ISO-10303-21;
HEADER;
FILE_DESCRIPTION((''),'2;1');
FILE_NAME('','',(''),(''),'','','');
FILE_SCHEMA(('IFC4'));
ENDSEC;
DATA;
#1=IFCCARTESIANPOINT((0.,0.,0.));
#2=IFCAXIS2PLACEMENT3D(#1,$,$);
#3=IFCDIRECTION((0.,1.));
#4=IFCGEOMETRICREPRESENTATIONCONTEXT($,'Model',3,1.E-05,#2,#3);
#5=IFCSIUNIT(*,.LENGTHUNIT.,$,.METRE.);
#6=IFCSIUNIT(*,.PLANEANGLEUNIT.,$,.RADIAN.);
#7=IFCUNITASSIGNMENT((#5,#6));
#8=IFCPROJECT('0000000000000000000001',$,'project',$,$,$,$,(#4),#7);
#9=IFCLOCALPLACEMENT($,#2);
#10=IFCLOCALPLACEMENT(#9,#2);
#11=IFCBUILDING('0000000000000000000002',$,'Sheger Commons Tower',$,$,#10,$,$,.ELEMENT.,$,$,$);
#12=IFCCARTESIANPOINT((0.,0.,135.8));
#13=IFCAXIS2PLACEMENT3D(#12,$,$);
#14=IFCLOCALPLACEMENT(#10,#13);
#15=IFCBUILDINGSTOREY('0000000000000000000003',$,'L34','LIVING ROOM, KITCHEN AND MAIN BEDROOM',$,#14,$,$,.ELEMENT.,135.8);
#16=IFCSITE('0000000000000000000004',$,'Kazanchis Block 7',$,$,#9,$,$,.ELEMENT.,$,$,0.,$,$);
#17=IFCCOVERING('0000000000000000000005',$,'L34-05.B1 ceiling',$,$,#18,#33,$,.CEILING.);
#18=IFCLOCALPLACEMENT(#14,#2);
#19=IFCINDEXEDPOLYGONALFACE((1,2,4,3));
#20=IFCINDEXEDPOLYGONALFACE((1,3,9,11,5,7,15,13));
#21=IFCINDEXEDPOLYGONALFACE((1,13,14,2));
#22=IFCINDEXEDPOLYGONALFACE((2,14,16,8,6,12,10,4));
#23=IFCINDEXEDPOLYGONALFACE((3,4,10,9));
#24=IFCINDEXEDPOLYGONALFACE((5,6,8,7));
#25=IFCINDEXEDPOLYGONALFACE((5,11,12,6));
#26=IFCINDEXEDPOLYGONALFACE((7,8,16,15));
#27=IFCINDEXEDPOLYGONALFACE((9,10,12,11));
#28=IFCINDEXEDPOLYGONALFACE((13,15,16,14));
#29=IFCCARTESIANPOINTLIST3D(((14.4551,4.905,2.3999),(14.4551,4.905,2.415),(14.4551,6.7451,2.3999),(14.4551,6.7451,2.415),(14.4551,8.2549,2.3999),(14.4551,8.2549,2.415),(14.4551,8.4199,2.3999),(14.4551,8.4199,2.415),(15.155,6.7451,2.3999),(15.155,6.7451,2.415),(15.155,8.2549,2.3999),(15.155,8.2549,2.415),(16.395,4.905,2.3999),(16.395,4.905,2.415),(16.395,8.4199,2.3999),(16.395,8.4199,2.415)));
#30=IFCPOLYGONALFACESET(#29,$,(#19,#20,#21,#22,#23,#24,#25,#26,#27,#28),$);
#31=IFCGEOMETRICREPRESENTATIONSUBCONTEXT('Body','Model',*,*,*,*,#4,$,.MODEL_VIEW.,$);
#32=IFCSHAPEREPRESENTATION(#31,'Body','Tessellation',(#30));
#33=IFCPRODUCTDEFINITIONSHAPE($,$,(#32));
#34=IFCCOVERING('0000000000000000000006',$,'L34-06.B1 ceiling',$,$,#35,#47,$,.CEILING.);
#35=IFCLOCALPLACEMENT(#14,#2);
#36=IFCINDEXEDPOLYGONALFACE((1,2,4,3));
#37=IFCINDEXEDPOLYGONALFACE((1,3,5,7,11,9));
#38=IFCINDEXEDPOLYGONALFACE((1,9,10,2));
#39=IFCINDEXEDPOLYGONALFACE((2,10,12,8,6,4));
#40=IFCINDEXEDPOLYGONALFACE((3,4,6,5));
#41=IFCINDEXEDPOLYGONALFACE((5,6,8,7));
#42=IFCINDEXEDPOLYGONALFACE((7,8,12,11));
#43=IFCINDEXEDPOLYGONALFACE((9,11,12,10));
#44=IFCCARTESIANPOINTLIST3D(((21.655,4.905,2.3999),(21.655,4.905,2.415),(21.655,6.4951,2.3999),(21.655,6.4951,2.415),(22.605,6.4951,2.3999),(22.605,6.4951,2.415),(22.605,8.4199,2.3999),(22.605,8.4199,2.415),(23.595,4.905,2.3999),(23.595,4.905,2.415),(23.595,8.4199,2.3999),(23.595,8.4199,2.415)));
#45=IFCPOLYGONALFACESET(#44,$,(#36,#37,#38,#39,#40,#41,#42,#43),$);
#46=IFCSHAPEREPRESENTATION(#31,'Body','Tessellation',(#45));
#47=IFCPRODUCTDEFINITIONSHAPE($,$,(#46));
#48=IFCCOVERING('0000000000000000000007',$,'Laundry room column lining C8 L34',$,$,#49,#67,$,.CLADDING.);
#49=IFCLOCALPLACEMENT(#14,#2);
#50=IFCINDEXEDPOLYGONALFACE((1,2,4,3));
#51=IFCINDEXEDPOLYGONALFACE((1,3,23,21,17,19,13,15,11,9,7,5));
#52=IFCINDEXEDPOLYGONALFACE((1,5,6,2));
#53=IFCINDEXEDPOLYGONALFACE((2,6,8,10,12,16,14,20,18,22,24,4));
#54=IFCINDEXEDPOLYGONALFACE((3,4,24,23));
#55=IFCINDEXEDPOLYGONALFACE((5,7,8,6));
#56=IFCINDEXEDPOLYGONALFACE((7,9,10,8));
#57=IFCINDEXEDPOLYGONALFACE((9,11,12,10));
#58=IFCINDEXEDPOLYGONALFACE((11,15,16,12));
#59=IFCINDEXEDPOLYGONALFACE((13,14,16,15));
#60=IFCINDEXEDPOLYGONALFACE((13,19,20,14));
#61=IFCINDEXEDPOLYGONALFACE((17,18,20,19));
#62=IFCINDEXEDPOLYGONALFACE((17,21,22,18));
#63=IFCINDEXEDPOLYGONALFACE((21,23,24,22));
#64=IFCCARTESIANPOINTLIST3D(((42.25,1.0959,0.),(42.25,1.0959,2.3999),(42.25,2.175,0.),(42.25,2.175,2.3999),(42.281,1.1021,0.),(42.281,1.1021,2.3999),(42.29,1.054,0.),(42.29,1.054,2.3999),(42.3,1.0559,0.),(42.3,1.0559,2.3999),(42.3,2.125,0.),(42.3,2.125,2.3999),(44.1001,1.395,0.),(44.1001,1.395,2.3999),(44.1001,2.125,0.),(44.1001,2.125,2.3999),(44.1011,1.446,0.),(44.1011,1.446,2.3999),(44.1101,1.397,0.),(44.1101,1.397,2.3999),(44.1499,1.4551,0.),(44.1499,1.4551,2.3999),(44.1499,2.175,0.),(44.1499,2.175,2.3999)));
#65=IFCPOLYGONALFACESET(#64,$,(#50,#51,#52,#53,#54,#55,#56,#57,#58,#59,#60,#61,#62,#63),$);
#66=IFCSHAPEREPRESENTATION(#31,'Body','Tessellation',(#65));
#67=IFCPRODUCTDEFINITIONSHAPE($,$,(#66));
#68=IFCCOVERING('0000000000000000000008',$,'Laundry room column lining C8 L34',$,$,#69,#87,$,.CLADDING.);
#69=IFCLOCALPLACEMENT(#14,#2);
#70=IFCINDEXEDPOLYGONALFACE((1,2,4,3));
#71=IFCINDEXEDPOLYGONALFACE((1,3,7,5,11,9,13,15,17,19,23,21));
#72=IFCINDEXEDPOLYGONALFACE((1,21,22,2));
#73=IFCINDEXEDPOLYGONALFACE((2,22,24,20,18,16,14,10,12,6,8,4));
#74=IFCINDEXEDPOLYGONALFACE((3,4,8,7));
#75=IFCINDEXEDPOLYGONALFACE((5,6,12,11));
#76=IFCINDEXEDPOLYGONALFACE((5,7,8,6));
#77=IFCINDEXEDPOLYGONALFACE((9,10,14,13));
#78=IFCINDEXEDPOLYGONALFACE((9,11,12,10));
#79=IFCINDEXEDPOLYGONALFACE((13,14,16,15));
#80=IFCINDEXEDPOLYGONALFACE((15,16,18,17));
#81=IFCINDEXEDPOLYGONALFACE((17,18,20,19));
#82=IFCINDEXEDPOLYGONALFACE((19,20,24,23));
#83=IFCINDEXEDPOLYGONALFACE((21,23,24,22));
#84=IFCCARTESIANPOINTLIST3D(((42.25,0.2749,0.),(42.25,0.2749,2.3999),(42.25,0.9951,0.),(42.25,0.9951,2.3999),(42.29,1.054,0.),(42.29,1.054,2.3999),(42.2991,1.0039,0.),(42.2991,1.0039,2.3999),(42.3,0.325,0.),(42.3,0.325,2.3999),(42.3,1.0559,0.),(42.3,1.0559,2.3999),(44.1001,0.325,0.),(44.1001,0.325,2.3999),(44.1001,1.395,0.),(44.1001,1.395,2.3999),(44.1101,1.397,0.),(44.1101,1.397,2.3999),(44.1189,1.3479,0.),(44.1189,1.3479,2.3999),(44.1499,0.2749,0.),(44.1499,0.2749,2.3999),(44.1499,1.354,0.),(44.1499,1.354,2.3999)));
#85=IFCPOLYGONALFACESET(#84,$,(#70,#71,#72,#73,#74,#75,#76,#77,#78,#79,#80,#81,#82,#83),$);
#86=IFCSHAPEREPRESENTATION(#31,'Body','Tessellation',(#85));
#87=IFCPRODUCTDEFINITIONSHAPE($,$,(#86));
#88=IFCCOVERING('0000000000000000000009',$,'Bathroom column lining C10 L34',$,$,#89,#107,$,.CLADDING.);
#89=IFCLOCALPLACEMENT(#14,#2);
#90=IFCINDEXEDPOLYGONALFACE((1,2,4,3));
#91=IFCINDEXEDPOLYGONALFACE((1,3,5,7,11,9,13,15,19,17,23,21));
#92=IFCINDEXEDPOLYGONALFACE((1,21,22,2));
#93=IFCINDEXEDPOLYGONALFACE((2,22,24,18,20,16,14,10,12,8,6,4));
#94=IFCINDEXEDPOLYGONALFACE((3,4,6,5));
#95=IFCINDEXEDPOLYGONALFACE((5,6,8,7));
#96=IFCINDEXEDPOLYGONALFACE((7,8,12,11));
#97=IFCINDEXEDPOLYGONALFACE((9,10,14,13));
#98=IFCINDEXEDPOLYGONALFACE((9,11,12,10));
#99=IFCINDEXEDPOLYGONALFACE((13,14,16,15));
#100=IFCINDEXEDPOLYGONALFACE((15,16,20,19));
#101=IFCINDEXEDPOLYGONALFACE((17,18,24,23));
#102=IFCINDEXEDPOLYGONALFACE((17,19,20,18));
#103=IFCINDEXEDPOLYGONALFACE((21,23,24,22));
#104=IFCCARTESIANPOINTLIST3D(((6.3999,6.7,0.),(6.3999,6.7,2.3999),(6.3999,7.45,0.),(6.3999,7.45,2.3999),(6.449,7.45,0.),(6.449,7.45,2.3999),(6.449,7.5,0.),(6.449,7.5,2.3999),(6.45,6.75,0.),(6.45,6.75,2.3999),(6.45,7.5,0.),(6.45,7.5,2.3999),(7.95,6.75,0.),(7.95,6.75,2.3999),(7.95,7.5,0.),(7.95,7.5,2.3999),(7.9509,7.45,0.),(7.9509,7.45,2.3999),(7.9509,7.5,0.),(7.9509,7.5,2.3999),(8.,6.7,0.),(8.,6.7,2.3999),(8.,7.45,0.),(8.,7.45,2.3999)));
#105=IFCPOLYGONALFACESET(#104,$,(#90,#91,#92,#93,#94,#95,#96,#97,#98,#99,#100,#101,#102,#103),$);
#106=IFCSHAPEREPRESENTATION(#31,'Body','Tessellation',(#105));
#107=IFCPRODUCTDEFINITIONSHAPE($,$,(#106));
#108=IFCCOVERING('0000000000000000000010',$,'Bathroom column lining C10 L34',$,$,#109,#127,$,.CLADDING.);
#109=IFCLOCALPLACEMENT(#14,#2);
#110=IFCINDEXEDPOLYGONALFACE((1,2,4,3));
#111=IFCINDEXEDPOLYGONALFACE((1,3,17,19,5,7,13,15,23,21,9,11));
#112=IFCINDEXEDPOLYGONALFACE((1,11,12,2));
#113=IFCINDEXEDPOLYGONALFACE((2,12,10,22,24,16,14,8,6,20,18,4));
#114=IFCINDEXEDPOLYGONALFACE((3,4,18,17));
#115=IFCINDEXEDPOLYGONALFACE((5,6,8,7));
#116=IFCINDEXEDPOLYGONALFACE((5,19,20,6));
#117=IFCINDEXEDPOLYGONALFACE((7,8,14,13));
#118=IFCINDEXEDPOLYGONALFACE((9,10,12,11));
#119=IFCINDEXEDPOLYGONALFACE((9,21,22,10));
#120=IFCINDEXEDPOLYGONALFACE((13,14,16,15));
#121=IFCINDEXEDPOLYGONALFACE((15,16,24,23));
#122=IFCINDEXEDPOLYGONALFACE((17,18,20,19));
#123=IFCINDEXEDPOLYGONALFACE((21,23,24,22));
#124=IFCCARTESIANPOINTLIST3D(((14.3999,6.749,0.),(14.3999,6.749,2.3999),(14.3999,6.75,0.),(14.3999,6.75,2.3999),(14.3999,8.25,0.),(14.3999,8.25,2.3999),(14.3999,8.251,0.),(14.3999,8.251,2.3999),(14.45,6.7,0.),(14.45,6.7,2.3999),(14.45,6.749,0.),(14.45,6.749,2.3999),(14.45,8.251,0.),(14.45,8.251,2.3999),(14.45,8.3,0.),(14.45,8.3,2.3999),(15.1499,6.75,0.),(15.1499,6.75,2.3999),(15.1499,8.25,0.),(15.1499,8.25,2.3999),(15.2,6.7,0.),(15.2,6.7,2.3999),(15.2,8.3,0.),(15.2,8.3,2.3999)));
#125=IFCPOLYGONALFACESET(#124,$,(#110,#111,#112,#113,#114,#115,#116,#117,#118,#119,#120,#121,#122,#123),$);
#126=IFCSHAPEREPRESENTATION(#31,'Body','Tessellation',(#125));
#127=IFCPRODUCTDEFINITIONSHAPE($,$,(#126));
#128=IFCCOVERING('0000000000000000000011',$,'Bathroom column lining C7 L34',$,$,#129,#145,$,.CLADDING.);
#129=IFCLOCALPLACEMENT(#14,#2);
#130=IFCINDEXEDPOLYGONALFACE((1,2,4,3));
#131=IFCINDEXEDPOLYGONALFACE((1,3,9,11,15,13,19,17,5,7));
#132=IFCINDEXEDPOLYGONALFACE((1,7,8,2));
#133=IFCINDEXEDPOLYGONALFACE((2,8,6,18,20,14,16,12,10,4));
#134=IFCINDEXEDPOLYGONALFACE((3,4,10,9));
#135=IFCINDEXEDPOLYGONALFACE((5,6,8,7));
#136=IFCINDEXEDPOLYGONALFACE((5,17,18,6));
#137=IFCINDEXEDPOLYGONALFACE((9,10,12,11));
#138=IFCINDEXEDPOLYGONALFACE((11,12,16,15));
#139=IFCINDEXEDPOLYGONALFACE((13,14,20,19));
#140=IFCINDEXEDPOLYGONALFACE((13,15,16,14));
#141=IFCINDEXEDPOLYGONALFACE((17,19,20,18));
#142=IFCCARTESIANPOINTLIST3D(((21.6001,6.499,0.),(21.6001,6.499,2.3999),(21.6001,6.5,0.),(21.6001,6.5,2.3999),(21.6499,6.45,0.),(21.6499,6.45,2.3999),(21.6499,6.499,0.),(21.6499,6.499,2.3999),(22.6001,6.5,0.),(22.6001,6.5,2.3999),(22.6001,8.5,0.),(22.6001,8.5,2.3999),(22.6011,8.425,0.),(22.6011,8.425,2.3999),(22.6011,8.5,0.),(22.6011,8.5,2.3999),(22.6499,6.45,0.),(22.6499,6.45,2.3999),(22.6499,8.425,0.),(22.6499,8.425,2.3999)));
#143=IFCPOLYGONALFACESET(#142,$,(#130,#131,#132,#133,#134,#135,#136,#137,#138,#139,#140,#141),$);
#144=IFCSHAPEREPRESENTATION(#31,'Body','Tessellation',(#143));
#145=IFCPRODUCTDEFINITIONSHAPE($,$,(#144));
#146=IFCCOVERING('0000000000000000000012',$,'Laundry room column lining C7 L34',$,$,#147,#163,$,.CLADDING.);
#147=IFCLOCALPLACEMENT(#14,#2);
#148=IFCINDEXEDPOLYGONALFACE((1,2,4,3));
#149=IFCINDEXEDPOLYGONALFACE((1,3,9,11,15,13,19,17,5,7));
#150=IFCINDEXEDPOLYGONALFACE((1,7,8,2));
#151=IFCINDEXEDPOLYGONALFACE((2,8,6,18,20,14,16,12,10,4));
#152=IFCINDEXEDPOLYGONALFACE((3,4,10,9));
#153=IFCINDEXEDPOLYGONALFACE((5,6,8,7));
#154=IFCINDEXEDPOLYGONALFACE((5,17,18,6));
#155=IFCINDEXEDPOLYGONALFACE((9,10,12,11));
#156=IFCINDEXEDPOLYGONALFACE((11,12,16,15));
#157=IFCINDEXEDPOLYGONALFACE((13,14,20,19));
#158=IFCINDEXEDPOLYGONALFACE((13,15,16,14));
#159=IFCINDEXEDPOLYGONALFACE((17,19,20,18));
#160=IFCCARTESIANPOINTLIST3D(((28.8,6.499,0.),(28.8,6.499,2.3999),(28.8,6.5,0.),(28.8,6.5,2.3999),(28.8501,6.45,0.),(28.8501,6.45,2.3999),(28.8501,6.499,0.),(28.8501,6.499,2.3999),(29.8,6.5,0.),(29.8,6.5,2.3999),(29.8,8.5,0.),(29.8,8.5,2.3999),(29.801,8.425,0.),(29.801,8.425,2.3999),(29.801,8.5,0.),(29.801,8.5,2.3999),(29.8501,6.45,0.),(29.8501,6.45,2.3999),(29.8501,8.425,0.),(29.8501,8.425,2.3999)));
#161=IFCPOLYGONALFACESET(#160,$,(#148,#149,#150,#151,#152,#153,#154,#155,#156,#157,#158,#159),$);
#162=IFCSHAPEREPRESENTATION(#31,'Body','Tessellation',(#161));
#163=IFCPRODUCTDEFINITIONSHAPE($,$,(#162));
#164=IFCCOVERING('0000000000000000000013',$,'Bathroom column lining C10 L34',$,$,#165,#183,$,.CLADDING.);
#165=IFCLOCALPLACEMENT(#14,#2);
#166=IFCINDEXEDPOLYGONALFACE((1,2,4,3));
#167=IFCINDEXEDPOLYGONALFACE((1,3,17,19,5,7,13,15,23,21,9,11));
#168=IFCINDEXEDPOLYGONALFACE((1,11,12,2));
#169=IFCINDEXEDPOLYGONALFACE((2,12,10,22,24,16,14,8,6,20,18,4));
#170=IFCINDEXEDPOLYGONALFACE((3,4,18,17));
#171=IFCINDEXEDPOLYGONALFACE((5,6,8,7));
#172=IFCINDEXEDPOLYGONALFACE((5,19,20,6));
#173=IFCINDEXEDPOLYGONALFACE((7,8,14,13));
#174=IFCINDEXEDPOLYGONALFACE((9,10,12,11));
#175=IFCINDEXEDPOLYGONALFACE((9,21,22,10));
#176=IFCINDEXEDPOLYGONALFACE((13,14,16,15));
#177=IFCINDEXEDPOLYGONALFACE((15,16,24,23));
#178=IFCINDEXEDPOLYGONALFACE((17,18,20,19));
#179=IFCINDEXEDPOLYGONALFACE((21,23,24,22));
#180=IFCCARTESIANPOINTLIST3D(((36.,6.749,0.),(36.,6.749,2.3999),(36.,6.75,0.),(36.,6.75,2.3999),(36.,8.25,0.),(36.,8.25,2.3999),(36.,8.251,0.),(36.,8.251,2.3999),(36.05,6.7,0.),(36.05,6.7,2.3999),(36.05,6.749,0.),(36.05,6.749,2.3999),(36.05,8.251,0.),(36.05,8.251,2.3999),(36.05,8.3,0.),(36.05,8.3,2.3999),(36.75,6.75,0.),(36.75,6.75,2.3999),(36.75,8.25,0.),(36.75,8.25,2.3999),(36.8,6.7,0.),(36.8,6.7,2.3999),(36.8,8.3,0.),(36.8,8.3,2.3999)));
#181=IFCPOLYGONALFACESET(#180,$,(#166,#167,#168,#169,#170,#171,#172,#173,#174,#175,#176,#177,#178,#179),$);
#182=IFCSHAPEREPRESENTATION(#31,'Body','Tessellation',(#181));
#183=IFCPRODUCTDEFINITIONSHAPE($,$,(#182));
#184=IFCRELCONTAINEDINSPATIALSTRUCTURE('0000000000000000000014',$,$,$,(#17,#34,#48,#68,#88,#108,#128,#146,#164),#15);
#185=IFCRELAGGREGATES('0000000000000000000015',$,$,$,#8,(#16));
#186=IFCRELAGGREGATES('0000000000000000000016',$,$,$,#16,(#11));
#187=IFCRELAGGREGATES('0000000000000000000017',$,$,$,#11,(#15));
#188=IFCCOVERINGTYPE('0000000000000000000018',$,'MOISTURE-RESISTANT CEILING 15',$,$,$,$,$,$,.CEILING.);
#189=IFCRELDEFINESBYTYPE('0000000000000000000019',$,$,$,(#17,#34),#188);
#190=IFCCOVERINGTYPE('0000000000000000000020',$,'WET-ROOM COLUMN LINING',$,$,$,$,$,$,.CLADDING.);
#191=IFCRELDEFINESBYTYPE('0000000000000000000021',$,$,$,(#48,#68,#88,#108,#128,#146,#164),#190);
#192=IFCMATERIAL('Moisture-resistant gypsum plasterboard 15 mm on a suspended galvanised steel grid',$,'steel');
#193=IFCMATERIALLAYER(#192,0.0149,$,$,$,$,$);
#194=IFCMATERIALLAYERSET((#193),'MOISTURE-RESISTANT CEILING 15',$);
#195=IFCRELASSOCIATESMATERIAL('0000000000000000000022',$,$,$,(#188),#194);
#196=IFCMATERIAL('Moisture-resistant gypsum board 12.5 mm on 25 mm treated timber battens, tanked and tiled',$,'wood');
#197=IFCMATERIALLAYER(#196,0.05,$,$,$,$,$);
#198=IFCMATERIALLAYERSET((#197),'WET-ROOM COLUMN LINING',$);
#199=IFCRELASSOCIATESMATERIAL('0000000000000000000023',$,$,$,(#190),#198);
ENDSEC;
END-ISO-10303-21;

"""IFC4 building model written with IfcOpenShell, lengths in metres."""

from ifc_helpers import new_model, si_unit, direction, frame, origin, place, context, subcontext, project, spatial, polyline, outline, extrude, material, layer, layer_set, type_object, element, save


model = new_model("IFC4")

# Units and contexts
model_context = context("Model", 3, precision=1e-05, world=origin(), true_north=direction((0.0, 1.0)))
body_context = subcontext(model_context, "Body", "Model", "MODEL_VIEW")
ifc_project = project(units=[si_unit("LENGTHUNIT", "METRE"), si_unit("PLANEANGLEUNIT", "RADIAN")], contexts=[model_context])

# Site, building, storey
site_placement = place(None, origin())
site = spatial("IfcSite", under=ifc_project, at=site_placement, Name="Kazanchis Block 7", CompositionType="ELEMENT", RefElevation=0.0)
building_placement = place(site_placement, origin())
building = spatial("IfcBuilding", under=site, at=building_placement, Name="Sheger Commons Tower", CompositionType="ELEMENT")
storey_placement = place(building_placement, frame((0.0, 0.0, 135.8)))
storey = spatial("IfcBuildingStorey", under=building, at=storey_placement, Name="L34", Description="LIVING ROOM, KITCHEN AND MAIN BEDROOM", CompositionType="ELEMENT", Elevation=135.8)

# Coverings
ifc_material_1 = material(Name="Moisture-resistant gypsum plasterboard 15 mm on a suspended galvanised steel grid", Category="steel")
ifc_layer_1 = layer(ifc_material_1, 0.0149)
ifc_layer_set_1 = layer_set([ifc_layer_1], Name="MOISTURE-RESISTANT CEILING 15")
covering_type_1 = type_object("IfcCoveringType", Name="MOISTURE-RESISTANT CEILING 15", PredefinedType="CEILING", material=ifc_layer_set_1)
covering_1_placement = place(storey_placement, frame((0.0, 0.0, 2.3999)))
element("IfcCovering", 1, at=covering_1_placement, inside=storey, type_object=covering_type_1, Name="L34-05.B1 ceiling", PredefinedType="CEILING", context=body_context, shape_type="SweptSolid", body=[
    extrude(outline(polyline([(14.4551, 4.905), (16.395, 4.905), (16.395, 8.4199), (14.4551, 8.4199), (14.4551, 8.2549), (15.155, 8.2549), (15.155, 6.7451), (14.4551, 6.7451), (14.4551, 4.905)])), origin(), (0.0, 0.0, 1.0), 0.0151),
])
covering_2_placement = place(storey_placement, frame((0.0, 0.0, 2.3999)))
element("IfcCovering", 2, at=covering_2_placement, inside=storey, type_object=covering_type_1, Name="L34-06.B1 ceiling", PredefinedType="CEILING", context=body_context, shape_type="SweptSolid", body=[
    extrude(outline(polyline([(21.655, 4.905), (23.595, 4.905), (23.595, 8.4199), (22.605, 8.4199), (22.605, 6.4951), (21.655, 6.4951), (21.655, 4.905)])), origin(), (0.0, 0.0, 1.0), 0.0151),
])
ifc_material_2 = material(Name="Moisture-resistant gypsum board 12.5 mm on 25 mm treated timber battens, tanked and tiled", Category="wood")
ifc_layer_2 = layer(ifc_material_2, 0.05)
ifc_layer_set_2 = layer_set([ifc_layer_2], Name="WET-ROOM COLUMN LINING")
covering_type_2 = type_object("IfcCoveringType", Name="WET-ROOM COLUMN LINING", PredefinedType="CLADDING", material=ifc_layer_set_2)
covering_3_placement = place(storey_placement, origin())
element("IfcCovering", 3, at=covering_3_placement, inside=storey, type_object=covering_type_2, Name="Laundry room column lining C8 L34", PredefinedType="CLADDING", context=body_context, shape_type="SweptSolid", body=[
    extrude(outline(polyline([(44.1499, 2.175), (44.1499, 1.4551), (44.1011, 1.446), (44.1101, 1.397), (44.1001, 1.395), (44.1001, 2.125), (42.3, 2.125), (42.3, 1.0559), (42.29, 1.054), (42.281, 1.1021), (42.25, 1.0959), (42.25, 2.175), (44.1499, 2.175)])), origin(), (0.0, 0.0, 1.0), 2.3999),
])
covering_4_placement = place(storey_placement, origin())
element("IfcCovering", 4, at=covering_4_placement, inside=storey, type_object=covering_type_2, Name="Laundry room column lining C8 L34", PredefinedType="CLADDING", context=body_context, shape_type="SweptSolid", body=[
    extrude(outline(polyline([(42.3, 1.0559), (42.3, 0.325), (44.1001, 0.325), (44.1001, 1.395), (44.1101, 1.397), (44.1189, 1.3479), (44.1499, 1.354), (44.1499, 0.2749), (42.25, 0.2749), (42.25, 0.9951), (42.2991, 1.0039), (42.29, 1.054), (42.3, 1.0559)])), origin(), (0.0, 0.0, 1.0), 2.3999),
])
covering_5_placement = place(storey_placement, origin())
element("IfcCovering", 5, at=covering_5_placement, inside=storey, type_object=covering_type_2, Name="Bathroom column lining C10 L34", PredefinedType="CLADDING", context=body_context, shape_type="SweptSolid", body=[
    extrude(outline(polyline([(6.45, 7.5), (6.45, 6.75), (7.95, 6.75), (7.95, 7.5), (7.9509, 7.5), (7.9509, 7.45), (8.0, 7.45), (8.0, 6.7), (6.3999, 6.7), (6.3999, 7.45), (6.449, 7.45), (6.449, 7.5), (6.45, 7.5)])), origin(), (0.0, 0.0, 1.0), 2.3999),
])
covering_6_placement = place(storey_placement, origin())
element("IfcCovering", 6, at=covering_6_placement, inside=storey, type_object=covering_type_2, Name="Bathroom column lining C10 L34", PredefinedType="CLADDING", context=body_context, shape_type="SweptSolid", body=[
    extrude(outline(polyline([(15.2, 6.7), (14.45, 6.7), (14.45, 6.749), (14.3999, 6.749), (14.3999, 6.75), (15.1499, 6.75), (15.1499, 8.25), (14.3999, 8.25), (14.3999, 8.251), (14.45, 8.251), (14.45, 8.3), (15.2, 8.3), (15.2, 6.7)])), origin(), (0.0, 0.0, 1.0), 2.3999),
])
covering_7_placement = place(storey_placement, origin())
element("IfcCovering", 7, at=covering_7_placement, inside=storey, type_object=covering_type_2, Name="Bathroom column lining C7 L34", PredefinedType="CLADDING", context=body_context, shape_type="SweptSolid", body=[
    extrude(outline(polyline([(21.6499, 6.45), (21.6499, 6.499), (21.6001, 6.499), (21.6001, 6.5), (22.6001, 6.5), (22.6001, 8.5), (22.6011, 8.5), (22.6011, 8.425), (22.6499, 8.425), (22.6499, 6.45), (21.6499, 6.45)])), origin(), (0.0, 0.0, 1.0), 2.3999),
])
covering_8_placement = place(storey_placement, origin())
element("IfcCovering", 8, at=covering_8_placement, inside=storey, type_object=covering_type_2, Name="Laundry room column lining C7 L34", PredefinedType="CLADDING", context=body_context, shape_type="SweptSolid", body=[
    extrude(outline(polyline([(28.8501, 6.45), (28.8501, 6.499), (28.8, 6.499), (28.8, 6.5), (29.8, 6.5), (29.8, 8.5), (29.801, 8.5), (29.801, 8.425), (29.8501, 8.425), (29.8501, 6.45), (28.8501, 6.45)])), origin(), (0.0, 0.0, 1.0), 2.3999),
])
covering_9_placement = place(storey_placement, origin())
element("IfcCovering", 9, at=covering_9_placement, inside=storey, type_object=covering_type_2, Name="Bathroom column lining C10 L34", PredefinedType="CLADDING", context=body_context, shape_type="SweptSolid", body=[
    extrude(outline(polyline([(36.8, 6.7), (36.05, 6.7), (36.05, 6.749), (36.0, 6.749), (36.0, 6.75), (36.75, 6.75), (36.75, 8.25), (36.0, 8.25), (36.0, 8.251), (36.05, 8.251), (36.05, 8.3), (36.8, 8.3), (36.8, 6.7)])), origin(), (0.0, 0.0, 1.0), 2.3999),
])

save(model, "model.ifc")
